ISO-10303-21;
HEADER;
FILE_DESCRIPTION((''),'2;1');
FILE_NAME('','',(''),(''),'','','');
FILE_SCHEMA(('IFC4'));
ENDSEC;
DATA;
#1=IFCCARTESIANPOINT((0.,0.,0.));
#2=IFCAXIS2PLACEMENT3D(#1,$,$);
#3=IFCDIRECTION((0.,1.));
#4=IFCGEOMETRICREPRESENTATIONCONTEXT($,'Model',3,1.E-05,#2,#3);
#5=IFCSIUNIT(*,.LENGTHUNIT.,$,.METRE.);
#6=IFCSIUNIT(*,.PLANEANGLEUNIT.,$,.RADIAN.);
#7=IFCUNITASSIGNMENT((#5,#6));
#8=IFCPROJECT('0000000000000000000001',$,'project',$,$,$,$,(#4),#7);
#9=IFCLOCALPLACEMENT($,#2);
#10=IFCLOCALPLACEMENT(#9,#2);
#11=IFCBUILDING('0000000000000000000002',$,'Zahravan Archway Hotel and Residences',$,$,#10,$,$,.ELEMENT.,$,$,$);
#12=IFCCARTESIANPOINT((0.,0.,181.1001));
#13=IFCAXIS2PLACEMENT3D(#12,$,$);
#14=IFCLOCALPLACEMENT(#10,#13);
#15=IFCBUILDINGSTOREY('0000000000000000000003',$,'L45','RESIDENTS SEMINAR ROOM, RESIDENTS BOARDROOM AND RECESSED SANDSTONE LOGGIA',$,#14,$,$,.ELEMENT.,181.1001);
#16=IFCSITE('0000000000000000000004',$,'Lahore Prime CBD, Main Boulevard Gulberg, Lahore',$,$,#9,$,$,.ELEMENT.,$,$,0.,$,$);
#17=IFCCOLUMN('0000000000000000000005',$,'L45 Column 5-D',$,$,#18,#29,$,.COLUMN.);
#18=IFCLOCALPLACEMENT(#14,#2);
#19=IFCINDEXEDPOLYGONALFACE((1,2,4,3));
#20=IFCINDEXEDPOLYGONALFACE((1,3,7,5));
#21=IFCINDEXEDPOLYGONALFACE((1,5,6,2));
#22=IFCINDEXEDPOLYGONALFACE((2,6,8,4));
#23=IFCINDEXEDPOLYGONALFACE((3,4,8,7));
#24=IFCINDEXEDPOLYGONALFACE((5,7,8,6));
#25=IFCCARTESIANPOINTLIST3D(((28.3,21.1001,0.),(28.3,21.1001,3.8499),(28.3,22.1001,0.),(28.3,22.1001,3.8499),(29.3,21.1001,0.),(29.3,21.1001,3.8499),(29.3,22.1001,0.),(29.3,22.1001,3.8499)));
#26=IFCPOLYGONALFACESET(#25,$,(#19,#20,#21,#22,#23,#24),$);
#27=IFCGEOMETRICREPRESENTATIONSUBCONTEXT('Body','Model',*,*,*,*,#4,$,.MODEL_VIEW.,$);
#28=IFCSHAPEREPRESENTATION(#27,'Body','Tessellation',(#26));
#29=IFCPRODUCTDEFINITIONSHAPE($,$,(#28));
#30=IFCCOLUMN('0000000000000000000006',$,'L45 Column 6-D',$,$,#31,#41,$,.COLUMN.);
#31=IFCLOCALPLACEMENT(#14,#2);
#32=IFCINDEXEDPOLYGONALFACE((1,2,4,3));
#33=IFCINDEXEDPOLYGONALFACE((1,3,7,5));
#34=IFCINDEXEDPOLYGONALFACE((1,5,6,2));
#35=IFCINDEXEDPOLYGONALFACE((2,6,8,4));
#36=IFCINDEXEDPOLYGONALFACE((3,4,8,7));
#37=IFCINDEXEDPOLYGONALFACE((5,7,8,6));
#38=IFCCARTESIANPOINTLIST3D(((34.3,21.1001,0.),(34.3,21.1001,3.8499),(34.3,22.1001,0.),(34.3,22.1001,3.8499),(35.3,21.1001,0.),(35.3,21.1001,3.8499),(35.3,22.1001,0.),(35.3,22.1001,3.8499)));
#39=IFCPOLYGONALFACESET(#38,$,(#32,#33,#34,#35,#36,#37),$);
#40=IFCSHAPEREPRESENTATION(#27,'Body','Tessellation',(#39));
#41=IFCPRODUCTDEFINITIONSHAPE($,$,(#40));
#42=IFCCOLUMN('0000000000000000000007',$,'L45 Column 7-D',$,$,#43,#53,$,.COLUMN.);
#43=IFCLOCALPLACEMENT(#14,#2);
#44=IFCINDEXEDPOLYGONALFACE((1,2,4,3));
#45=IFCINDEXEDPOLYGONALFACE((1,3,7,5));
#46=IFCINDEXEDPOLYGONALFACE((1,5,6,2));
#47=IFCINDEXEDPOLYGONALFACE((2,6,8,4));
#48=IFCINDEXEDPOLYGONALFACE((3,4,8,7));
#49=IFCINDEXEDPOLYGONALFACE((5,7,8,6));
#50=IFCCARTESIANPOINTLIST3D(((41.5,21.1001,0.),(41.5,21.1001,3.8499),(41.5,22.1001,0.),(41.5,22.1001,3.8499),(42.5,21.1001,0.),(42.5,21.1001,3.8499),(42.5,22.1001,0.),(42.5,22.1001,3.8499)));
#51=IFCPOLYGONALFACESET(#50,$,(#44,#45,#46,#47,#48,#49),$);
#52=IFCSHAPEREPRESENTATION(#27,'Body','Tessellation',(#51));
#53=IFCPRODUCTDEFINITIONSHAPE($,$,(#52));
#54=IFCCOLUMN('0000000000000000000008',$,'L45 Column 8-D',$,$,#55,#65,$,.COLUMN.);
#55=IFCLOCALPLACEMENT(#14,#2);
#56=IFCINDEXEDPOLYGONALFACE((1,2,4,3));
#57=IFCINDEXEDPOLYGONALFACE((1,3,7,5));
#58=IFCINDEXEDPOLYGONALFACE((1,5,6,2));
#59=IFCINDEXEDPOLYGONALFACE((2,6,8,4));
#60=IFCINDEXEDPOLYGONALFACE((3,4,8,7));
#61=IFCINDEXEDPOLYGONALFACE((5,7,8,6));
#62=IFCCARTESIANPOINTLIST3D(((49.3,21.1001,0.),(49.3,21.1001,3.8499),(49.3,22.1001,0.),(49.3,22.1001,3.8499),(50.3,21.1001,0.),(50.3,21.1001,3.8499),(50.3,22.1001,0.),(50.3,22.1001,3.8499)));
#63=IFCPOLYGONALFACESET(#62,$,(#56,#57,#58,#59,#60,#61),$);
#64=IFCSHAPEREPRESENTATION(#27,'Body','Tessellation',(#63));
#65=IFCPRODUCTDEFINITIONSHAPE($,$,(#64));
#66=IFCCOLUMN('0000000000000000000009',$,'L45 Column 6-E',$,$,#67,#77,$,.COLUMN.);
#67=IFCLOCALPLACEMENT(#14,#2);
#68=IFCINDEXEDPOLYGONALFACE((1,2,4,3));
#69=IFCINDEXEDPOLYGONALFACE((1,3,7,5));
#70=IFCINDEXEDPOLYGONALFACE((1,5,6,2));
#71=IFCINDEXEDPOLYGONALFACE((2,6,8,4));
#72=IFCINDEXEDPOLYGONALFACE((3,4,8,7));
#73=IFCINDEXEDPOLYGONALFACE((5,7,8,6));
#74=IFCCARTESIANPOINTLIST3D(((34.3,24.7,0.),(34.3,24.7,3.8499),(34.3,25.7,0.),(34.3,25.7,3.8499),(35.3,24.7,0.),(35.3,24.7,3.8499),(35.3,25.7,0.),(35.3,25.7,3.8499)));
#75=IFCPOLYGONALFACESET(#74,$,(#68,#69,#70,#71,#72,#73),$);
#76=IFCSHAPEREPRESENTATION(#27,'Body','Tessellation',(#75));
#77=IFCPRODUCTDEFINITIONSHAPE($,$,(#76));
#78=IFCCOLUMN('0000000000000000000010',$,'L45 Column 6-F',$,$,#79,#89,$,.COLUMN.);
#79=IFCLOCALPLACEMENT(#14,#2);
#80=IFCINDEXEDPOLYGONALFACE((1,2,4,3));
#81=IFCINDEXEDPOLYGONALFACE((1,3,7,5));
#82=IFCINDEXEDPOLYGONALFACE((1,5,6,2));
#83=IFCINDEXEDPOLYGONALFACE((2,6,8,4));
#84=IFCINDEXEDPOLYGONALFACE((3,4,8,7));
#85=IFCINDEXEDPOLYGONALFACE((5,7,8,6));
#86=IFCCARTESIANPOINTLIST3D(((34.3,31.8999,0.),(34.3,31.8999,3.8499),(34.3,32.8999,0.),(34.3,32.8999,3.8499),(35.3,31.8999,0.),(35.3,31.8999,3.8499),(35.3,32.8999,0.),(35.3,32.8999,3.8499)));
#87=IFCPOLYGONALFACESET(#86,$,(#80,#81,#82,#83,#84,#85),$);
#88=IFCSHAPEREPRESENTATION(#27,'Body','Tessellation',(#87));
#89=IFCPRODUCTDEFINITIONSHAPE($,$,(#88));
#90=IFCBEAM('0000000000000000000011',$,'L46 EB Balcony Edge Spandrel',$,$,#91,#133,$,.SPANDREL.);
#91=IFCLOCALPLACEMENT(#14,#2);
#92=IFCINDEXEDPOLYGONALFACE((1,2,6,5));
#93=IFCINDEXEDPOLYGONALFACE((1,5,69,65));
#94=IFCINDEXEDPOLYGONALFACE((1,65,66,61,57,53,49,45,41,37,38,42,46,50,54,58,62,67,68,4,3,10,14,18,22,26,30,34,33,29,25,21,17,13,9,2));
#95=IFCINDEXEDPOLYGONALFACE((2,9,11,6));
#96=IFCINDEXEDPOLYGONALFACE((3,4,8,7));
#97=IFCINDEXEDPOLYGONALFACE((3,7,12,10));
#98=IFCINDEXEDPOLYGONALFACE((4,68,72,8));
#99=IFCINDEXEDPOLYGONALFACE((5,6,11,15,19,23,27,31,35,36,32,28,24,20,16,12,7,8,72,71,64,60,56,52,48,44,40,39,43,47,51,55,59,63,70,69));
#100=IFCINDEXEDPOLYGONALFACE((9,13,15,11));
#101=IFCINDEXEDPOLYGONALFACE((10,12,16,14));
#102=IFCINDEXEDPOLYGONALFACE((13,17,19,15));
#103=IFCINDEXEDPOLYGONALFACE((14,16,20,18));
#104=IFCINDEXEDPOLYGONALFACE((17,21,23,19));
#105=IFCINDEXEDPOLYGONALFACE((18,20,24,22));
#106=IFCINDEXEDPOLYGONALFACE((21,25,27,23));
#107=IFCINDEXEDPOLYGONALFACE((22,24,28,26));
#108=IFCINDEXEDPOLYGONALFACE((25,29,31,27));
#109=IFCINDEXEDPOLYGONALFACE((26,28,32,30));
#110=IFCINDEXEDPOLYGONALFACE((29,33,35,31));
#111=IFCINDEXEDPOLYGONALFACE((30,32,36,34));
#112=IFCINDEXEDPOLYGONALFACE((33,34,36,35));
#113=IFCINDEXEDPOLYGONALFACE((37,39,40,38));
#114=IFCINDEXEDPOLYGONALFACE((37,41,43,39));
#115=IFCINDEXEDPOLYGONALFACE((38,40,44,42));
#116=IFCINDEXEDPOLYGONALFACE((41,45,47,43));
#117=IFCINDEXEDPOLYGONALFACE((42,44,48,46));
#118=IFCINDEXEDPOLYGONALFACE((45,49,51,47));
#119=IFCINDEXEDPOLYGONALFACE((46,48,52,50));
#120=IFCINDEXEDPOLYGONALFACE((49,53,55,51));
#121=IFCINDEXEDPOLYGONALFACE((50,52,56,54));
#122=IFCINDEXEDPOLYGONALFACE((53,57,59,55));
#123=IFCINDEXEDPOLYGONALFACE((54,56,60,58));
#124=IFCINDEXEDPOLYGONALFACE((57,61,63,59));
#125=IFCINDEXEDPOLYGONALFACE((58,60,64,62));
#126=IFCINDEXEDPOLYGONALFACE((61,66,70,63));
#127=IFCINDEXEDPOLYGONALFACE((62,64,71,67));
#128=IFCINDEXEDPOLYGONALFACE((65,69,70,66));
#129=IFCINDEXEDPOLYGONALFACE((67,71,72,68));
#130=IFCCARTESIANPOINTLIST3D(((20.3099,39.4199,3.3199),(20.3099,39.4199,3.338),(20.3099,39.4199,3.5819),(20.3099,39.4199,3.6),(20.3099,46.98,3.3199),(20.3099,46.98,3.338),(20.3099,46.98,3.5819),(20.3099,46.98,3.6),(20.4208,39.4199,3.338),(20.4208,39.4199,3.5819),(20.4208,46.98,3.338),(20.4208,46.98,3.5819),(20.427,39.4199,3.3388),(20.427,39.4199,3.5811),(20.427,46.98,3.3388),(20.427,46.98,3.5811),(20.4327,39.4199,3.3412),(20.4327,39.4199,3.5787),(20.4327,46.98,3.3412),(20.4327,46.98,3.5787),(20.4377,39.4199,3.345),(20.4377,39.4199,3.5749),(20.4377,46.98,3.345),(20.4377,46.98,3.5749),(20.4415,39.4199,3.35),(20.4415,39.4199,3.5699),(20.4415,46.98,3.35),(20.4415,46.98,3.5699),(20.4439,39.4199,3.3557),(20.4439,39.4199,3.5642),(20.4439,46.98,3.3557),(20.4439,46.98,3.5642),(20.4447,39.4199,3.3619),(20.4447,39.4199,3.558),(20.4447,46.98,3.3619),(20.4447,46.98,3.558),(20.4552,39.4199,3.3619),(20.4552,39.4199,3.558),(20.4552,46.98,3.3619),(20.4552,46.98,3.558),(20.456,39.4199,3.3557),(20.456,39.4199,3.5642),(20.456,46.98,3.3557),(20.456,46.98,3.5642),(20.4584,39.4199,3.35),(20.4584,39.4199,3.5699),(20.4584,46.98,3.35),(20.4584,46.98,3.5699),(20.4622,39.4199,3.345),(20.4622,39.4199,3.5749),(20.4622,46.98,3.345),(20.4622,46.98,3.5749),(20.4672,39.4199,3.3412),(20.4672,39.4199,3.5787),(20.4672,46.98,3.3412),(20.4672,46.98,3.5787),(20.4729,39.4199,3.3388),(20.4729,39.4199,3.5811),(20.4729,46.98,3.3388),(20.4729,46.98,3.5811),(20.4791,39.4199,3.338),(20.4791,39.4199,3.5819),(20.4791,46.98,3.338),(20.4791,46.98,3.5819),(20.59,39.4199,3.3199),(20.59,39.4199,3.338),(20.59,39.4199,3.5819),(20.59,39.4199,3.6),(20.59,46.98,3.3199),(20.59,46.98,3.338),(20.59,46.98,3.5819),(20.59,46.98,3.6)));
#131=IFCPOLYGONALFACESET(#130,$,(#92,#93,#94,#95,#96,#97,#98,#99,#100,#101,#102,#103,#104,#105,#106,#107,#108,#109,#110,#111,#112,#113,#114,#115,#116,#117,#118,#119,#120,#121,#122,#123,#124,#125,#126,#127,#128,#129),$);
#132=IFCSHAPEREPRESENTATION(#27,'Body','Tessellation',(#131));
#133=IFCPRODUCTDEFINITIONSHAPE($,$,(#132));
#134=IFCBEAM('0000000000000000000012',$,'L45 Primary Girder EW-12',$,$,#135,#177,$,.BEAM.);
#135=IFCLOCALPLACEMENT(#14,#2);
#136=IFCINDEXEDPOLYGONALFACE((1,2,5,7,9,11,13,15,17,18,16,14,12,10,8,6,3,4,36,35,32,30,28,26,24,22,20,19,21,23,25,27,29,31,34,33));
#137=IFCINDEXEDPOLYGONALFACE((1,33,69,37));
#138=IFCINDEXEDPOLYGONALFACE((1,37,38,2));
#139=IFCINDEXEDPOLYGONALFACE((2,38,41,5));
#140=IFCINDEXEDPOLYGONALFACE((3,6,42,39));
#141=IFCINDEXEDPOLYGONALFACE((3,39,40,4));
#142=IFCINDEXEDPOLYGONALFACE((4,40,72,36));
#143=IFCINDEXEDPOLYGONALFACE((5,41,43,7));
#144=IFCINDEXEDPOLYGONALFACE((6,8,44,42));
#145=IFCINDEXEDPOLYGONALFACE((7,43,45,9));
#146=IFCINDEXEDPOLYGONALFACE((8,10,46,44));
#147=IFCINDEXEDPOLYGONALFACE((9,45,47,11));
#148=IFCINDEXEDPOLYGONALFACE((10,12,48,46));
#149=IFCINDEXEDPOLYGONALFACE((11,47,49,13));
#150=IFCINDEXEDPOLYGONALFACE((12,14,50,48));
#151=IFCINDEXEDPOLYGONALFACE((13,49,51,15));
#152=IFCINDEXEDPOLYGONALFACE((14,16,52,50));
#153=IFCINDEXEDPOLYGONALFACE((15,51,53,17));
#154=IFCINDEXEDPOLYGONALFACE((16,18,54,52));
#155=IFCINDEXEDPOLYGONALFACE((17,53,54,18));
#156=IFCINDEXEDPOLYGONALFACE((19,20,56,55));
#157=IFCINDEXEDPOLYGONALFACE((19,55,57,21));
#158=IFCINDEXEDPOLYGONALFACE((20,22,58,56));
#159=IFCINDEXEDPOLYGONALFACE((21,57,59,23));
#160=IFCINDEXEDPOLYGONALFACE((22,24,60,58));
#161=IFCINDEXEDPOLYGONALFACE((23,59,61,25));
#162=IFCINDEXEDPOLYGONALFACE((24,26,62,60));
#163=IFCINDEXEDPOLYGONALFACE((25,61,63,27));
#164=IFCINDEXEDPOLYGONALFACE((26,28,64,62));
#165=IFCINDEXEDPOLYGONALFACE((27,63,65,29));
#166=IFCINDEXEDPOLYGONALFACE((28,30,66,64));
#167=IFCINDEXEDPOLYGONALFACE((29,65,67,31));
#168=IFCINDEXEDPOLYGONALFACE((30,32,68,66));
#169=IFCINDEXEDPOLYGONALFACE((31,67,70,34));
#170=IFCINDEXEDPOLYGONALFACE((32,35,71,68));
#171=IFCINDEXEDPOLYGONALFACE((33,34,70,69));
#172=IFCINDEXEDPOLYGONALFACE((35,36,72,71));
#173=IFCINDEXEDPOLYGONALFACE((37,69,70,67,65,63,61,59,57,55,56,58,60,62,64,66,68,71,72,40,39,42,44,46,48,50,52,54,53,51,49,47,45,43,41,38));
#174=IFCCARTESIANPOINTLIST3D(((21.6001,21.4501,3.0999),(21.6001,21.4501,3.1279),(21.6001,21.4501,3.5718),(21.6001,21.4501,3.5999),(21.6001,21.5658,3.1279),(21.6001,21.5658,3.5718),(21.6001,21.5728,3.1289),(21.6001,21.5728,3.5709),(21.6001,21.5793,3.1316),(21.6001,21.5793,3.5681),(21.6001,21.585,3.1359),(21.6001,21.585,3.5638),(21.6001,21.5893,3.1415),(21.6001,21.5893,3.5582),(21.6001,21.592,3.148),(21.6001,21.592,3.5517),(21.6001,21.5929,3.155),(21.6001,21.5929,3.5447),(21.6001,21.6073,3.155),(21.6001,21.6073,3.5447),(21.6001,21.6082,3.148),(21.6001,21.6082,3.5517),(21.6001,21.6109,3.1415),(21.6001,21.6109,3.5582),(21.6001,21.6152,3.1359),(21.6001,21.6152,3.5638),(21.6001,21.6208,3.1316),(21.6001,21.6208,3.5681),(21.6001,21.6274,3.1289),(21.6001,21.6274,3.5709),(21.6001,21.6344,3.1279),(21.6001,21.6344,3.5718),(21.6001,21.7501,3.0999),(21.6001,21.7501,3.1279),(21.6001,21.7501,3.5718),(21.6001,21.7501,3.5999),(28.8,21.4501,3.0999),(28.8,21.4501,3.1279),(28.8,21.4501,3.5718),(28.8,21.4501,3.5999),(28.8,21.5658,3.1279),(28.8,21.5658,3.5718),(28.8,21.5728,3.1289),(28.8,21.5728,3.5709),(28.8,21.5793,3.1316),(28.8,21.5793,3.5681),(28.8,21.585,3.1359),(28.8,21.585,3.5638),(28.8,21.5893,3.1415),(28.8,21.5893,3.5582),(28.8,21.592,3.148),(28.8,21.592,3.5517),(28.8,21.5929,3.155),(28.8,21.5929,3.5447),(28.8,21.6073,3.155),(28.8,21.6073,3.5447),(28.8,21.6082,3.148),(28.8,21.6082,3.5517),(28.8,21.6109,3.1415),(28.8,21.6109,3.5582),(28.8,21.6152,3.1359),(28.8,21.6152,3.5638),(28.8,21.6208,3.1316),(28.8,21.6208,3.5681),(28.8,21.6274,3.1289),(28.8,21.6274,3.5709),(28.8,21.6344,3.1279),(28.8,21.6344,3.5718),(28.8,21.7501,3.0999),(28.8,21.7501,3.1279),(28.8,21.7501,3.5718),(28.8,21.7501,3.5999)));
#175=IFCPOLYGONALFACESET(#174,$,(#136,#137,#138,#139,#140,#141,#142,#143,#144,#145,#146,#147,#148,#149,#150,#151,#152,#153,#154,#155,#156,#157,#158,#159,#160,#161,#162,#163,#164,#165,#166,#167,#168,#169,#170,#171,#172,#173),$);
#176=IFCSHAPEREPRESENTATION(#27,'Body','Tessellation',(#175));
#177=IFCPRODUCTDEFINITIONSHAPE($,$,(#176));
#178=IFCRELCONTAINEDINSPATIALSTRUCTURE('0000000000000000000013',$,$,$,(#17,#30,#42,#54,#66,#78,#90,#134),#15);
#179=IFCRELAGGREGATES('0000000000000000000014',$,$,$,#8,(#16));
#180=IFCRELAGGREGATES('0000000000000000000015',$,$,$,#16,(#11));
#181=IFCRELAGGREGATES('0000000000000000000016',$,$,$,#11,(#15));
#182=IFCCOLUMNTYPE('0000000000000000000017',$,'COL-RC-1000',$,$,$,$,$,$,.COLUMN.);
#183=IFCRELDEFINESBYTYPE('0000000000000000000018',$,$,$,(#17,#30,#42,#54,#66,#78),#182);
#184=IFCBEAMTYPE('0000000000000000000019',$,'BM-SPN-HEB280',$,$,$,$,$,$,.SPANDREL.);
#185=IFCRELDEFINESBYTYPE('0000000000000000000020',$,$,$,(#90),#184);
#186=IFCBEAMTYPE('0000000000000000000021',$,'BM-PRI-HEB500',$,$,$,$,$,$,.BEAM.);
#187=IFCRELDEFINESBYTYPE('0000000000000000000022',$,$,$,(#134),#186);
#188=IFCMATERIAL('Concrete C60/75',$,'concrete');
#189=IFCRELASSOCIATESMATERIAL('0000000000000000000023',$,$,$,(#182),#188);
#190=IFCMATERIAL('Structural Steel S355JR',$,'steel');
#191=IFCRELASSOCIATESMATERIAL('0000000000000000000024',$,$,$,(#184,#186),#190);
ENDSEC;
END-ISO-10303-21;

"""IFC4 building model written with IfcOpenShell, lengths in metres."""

from ifc_helpers import new_model, si_unit, direction, frame, origin, origin_2d, place, context, subcontext, project, spatial, rectangle, i_section, extrude, source, transform, mapped, material, material_profile, profile_set, type_object, type_shapes, element, save


model = new_model("IFC4")

# Units and contexts
model_context = context("Model", 3, precision=1e-05, world=origin(), true_north=direction((0.0, 1.0)))
body_context = subcontext(model_context, "Body", "Model", "MODEL_VIEW")
ifc_project = project(units=[si_unit("LENGTHUNIT", "METRE"), si_unit("PLANEANGLEUNIT", "RADIAN")], contexts=[model_context])

# Site, building, storey
site_placement = place(None, origin())
site = spatial("IfcSite", under=ifc_project, at=site_placement, Name="Lahore Prime CBD, Main Boulevard Gulberg, Lahore", CompositionType="ELEMENT", RefElevation=0.0)
building_placement = place(site_placement, origin())
building = spatial("IfcBuilding", under=site, at=building_placement, Name="Zahravan Archway Hotel and Residences", CompositionType="ELEMENT")
storey_placement = place(building_placement, frame((0.0, 0.0, 181.1001)))
storey = spatial("IfcBuildingStorey", under=building, at=storey_placement, Name="L45", Description="RESIDENTS SEMINAR ROOM, RESIDENTS BOARDROOM AND RECESSED SANDSTONE LOGGIA", CompositionType="ELEMENT", Elevation=181.1001)

# Columns
ifc_material_1 = material(Name="Concrete C60/75", Category="concrete")
ifc_material_profile_1 = material_profile(ifc_material_1, rectangle(XDim=1.0, YDim=1.0, at=origin_2d()), Name="RC-COL-1000x1000", Category="concrete")
ifc_profile_set_1 = profile_set([ifc_material_profile_1], Name="Concrete C60/75")
column_type = type_object("IfcColumnType", Name="COL-RC-1000", PredefinedType="COLUMN", material=ifc_profile_set_1)
shared_shape_1 = source(origin(), body_context, "Body", "SweptSolid", [
    extrude(rectangle(XDim=1.0, YDim=1.0, at=origin_2d()), origin(), (0.0, 0.0, 1.0), 3.8499),
])
for number, where, z_axis, x_axis, name in (
    (1, (28.8, 21.6001, 0.0), (0.0, 0.0, 1.0), (1.0, 0.0, 0.0), "L45 Column 5-D"),
    (2, (34.8, 21.6001, 0.0), (0.0, 0.0, 1.0), (1.0, 0.0, 0.0), "L45 Column 6-D"),
    (3, (42.0, 21.6001, 0.0), (0.0, 0.0, 1.0), (1.0, 0.0, 0.0), "L45 Column 7-D"),
    (4, (49.8, 21.6001, 0.0), (0.0, 0.0, 1.0), (1.0, 0.0, 0.0), "L45 Column 8-D"),
    (5, (34.8, 25.2, 0.0), (0.0, 0.0, 1.0), (1.0, 0.0, 0.0), "L45 Column 6-E"),
    (6, (34.8, 32.3999, 0.0), (0.0, 0.0, 1.0), (1.0, 0.0, 0.0), "L45 Column 6-F"),
):
    element("IfcColumn", number, at=place(storey_placement, frame(where, z_axis=z_axis, x_axis=x_axis)), inside=storey, type_object=column_type, Name=name, PredefinedType="COLUMN", context=body_context, shape_type="MappedRepresentation", body=[
        mapped(shared_shape_1, transform((0.0, 0.0, 0.0), scale=1.0)),
    ])

# Beams
ifc_material_2 = material(Name="Structural Steel S355JR", Category="steel")
ifc_material_profile_2 = material_profile(ifc_material_2, i_section(OverallWidth=0.28, OverallDepth=0.28, WebThickness=0.0105, FlangeThickness=0.0181, FilletRadius=0.0239, at=origin_2d()), Name="HEB 280", Category="steel")
ifc_profile_set_2 = profile_set([ifc_material_profile_2], Name="Structural Steel S355JR")
beam_type_1 = type_object("IfcBeamType", Name="BM-SPN-HEB280", PredefinedType="SPANDREL", material=ifc_profile_set_2)
shared_shape_2 = source(origin(), body_context, "Body", "SweptSolid", [
    extrude(i_section(OverallWidth=0.28, OverallDepth=0.28, WebThickness=0.0105, FlangeThickness=0.0181, FilletRadius=0.0239, at=origin_2d()), origin(), (0.0, 0.0, 1.0), 7.5601),
])
type_shapes(beam_type_1, [shared_shape_2])
beam_1_placement = place(storey_placement, frame((20.45, 39.4199, 3.46), z_axis=(0.0, 1.0, 0.0), x_axis=(-1.0, 0.0, 0.0)))
element("IfcBeam", 7, at=beam_1_placement, inside=storey, type_object=beam_type_1, Name="L46 EB Balcony Edge Spandrel", PredefinedType="SPANDREL", context=body_context, shape_type="MappedRepresentation", body=[
    mapped(shared_shape_2, transform((0.0, 0.0, 0.0), scale=1.0)),
])
ifc_material_profile_3 = material_profile(ifc_material_2, i_section(OverallWidth=0.3, OverallDepth=0.5, WebThickness=0.0144, FlangeThickness=0.0281, FilletRadius=0.0271, at=origin_2d()), Name="HEB 500", Category="steel")
ifc_profile_set_3 = profile_set([ifc_material_profile_3], Name="Structural Steel S355JR")
beam_type_2 = type_object("IfcBeamType", Name="BM-PRI-HEB500", PredefinedType="BEAM", material=ifc_profile_set_3)
shared_shape_3 = source(origin(), body_context, "Body", "SweptSolid", [
    extrude(i_section(OverallWidth=0.3, OverallDepth=0.5, WebThickness=0.0144, FlangeThickness=0.0281, FilletRadius=0.0271, at=origin_2d()), origin(), (0.0, 0.0, 1.0), 7.2),
])
for number, where, z_axis, x_axis, name in (
    (8, (21.6001, 21.6001, 3.3499), (1.0, 0.0, 0.0), (0.0, 1.0, 0.0), "L45 Primary Girder EW-12"),
):
    element("IfcBeam", number, at=place(storey_placement, frame(where, z_axis=z_axis, x_axis=x_axis)), inside=storey, type_object=beam_type_2, Name=name, PredefinedType="BEAM", context=body_context, shape_type="MappedRepresentation", body=[
        mapped(shared_shape_3, transform((0.0, 0.0, 0.0), scale=1.0)),
    ])

save(model, "model.ifc")
